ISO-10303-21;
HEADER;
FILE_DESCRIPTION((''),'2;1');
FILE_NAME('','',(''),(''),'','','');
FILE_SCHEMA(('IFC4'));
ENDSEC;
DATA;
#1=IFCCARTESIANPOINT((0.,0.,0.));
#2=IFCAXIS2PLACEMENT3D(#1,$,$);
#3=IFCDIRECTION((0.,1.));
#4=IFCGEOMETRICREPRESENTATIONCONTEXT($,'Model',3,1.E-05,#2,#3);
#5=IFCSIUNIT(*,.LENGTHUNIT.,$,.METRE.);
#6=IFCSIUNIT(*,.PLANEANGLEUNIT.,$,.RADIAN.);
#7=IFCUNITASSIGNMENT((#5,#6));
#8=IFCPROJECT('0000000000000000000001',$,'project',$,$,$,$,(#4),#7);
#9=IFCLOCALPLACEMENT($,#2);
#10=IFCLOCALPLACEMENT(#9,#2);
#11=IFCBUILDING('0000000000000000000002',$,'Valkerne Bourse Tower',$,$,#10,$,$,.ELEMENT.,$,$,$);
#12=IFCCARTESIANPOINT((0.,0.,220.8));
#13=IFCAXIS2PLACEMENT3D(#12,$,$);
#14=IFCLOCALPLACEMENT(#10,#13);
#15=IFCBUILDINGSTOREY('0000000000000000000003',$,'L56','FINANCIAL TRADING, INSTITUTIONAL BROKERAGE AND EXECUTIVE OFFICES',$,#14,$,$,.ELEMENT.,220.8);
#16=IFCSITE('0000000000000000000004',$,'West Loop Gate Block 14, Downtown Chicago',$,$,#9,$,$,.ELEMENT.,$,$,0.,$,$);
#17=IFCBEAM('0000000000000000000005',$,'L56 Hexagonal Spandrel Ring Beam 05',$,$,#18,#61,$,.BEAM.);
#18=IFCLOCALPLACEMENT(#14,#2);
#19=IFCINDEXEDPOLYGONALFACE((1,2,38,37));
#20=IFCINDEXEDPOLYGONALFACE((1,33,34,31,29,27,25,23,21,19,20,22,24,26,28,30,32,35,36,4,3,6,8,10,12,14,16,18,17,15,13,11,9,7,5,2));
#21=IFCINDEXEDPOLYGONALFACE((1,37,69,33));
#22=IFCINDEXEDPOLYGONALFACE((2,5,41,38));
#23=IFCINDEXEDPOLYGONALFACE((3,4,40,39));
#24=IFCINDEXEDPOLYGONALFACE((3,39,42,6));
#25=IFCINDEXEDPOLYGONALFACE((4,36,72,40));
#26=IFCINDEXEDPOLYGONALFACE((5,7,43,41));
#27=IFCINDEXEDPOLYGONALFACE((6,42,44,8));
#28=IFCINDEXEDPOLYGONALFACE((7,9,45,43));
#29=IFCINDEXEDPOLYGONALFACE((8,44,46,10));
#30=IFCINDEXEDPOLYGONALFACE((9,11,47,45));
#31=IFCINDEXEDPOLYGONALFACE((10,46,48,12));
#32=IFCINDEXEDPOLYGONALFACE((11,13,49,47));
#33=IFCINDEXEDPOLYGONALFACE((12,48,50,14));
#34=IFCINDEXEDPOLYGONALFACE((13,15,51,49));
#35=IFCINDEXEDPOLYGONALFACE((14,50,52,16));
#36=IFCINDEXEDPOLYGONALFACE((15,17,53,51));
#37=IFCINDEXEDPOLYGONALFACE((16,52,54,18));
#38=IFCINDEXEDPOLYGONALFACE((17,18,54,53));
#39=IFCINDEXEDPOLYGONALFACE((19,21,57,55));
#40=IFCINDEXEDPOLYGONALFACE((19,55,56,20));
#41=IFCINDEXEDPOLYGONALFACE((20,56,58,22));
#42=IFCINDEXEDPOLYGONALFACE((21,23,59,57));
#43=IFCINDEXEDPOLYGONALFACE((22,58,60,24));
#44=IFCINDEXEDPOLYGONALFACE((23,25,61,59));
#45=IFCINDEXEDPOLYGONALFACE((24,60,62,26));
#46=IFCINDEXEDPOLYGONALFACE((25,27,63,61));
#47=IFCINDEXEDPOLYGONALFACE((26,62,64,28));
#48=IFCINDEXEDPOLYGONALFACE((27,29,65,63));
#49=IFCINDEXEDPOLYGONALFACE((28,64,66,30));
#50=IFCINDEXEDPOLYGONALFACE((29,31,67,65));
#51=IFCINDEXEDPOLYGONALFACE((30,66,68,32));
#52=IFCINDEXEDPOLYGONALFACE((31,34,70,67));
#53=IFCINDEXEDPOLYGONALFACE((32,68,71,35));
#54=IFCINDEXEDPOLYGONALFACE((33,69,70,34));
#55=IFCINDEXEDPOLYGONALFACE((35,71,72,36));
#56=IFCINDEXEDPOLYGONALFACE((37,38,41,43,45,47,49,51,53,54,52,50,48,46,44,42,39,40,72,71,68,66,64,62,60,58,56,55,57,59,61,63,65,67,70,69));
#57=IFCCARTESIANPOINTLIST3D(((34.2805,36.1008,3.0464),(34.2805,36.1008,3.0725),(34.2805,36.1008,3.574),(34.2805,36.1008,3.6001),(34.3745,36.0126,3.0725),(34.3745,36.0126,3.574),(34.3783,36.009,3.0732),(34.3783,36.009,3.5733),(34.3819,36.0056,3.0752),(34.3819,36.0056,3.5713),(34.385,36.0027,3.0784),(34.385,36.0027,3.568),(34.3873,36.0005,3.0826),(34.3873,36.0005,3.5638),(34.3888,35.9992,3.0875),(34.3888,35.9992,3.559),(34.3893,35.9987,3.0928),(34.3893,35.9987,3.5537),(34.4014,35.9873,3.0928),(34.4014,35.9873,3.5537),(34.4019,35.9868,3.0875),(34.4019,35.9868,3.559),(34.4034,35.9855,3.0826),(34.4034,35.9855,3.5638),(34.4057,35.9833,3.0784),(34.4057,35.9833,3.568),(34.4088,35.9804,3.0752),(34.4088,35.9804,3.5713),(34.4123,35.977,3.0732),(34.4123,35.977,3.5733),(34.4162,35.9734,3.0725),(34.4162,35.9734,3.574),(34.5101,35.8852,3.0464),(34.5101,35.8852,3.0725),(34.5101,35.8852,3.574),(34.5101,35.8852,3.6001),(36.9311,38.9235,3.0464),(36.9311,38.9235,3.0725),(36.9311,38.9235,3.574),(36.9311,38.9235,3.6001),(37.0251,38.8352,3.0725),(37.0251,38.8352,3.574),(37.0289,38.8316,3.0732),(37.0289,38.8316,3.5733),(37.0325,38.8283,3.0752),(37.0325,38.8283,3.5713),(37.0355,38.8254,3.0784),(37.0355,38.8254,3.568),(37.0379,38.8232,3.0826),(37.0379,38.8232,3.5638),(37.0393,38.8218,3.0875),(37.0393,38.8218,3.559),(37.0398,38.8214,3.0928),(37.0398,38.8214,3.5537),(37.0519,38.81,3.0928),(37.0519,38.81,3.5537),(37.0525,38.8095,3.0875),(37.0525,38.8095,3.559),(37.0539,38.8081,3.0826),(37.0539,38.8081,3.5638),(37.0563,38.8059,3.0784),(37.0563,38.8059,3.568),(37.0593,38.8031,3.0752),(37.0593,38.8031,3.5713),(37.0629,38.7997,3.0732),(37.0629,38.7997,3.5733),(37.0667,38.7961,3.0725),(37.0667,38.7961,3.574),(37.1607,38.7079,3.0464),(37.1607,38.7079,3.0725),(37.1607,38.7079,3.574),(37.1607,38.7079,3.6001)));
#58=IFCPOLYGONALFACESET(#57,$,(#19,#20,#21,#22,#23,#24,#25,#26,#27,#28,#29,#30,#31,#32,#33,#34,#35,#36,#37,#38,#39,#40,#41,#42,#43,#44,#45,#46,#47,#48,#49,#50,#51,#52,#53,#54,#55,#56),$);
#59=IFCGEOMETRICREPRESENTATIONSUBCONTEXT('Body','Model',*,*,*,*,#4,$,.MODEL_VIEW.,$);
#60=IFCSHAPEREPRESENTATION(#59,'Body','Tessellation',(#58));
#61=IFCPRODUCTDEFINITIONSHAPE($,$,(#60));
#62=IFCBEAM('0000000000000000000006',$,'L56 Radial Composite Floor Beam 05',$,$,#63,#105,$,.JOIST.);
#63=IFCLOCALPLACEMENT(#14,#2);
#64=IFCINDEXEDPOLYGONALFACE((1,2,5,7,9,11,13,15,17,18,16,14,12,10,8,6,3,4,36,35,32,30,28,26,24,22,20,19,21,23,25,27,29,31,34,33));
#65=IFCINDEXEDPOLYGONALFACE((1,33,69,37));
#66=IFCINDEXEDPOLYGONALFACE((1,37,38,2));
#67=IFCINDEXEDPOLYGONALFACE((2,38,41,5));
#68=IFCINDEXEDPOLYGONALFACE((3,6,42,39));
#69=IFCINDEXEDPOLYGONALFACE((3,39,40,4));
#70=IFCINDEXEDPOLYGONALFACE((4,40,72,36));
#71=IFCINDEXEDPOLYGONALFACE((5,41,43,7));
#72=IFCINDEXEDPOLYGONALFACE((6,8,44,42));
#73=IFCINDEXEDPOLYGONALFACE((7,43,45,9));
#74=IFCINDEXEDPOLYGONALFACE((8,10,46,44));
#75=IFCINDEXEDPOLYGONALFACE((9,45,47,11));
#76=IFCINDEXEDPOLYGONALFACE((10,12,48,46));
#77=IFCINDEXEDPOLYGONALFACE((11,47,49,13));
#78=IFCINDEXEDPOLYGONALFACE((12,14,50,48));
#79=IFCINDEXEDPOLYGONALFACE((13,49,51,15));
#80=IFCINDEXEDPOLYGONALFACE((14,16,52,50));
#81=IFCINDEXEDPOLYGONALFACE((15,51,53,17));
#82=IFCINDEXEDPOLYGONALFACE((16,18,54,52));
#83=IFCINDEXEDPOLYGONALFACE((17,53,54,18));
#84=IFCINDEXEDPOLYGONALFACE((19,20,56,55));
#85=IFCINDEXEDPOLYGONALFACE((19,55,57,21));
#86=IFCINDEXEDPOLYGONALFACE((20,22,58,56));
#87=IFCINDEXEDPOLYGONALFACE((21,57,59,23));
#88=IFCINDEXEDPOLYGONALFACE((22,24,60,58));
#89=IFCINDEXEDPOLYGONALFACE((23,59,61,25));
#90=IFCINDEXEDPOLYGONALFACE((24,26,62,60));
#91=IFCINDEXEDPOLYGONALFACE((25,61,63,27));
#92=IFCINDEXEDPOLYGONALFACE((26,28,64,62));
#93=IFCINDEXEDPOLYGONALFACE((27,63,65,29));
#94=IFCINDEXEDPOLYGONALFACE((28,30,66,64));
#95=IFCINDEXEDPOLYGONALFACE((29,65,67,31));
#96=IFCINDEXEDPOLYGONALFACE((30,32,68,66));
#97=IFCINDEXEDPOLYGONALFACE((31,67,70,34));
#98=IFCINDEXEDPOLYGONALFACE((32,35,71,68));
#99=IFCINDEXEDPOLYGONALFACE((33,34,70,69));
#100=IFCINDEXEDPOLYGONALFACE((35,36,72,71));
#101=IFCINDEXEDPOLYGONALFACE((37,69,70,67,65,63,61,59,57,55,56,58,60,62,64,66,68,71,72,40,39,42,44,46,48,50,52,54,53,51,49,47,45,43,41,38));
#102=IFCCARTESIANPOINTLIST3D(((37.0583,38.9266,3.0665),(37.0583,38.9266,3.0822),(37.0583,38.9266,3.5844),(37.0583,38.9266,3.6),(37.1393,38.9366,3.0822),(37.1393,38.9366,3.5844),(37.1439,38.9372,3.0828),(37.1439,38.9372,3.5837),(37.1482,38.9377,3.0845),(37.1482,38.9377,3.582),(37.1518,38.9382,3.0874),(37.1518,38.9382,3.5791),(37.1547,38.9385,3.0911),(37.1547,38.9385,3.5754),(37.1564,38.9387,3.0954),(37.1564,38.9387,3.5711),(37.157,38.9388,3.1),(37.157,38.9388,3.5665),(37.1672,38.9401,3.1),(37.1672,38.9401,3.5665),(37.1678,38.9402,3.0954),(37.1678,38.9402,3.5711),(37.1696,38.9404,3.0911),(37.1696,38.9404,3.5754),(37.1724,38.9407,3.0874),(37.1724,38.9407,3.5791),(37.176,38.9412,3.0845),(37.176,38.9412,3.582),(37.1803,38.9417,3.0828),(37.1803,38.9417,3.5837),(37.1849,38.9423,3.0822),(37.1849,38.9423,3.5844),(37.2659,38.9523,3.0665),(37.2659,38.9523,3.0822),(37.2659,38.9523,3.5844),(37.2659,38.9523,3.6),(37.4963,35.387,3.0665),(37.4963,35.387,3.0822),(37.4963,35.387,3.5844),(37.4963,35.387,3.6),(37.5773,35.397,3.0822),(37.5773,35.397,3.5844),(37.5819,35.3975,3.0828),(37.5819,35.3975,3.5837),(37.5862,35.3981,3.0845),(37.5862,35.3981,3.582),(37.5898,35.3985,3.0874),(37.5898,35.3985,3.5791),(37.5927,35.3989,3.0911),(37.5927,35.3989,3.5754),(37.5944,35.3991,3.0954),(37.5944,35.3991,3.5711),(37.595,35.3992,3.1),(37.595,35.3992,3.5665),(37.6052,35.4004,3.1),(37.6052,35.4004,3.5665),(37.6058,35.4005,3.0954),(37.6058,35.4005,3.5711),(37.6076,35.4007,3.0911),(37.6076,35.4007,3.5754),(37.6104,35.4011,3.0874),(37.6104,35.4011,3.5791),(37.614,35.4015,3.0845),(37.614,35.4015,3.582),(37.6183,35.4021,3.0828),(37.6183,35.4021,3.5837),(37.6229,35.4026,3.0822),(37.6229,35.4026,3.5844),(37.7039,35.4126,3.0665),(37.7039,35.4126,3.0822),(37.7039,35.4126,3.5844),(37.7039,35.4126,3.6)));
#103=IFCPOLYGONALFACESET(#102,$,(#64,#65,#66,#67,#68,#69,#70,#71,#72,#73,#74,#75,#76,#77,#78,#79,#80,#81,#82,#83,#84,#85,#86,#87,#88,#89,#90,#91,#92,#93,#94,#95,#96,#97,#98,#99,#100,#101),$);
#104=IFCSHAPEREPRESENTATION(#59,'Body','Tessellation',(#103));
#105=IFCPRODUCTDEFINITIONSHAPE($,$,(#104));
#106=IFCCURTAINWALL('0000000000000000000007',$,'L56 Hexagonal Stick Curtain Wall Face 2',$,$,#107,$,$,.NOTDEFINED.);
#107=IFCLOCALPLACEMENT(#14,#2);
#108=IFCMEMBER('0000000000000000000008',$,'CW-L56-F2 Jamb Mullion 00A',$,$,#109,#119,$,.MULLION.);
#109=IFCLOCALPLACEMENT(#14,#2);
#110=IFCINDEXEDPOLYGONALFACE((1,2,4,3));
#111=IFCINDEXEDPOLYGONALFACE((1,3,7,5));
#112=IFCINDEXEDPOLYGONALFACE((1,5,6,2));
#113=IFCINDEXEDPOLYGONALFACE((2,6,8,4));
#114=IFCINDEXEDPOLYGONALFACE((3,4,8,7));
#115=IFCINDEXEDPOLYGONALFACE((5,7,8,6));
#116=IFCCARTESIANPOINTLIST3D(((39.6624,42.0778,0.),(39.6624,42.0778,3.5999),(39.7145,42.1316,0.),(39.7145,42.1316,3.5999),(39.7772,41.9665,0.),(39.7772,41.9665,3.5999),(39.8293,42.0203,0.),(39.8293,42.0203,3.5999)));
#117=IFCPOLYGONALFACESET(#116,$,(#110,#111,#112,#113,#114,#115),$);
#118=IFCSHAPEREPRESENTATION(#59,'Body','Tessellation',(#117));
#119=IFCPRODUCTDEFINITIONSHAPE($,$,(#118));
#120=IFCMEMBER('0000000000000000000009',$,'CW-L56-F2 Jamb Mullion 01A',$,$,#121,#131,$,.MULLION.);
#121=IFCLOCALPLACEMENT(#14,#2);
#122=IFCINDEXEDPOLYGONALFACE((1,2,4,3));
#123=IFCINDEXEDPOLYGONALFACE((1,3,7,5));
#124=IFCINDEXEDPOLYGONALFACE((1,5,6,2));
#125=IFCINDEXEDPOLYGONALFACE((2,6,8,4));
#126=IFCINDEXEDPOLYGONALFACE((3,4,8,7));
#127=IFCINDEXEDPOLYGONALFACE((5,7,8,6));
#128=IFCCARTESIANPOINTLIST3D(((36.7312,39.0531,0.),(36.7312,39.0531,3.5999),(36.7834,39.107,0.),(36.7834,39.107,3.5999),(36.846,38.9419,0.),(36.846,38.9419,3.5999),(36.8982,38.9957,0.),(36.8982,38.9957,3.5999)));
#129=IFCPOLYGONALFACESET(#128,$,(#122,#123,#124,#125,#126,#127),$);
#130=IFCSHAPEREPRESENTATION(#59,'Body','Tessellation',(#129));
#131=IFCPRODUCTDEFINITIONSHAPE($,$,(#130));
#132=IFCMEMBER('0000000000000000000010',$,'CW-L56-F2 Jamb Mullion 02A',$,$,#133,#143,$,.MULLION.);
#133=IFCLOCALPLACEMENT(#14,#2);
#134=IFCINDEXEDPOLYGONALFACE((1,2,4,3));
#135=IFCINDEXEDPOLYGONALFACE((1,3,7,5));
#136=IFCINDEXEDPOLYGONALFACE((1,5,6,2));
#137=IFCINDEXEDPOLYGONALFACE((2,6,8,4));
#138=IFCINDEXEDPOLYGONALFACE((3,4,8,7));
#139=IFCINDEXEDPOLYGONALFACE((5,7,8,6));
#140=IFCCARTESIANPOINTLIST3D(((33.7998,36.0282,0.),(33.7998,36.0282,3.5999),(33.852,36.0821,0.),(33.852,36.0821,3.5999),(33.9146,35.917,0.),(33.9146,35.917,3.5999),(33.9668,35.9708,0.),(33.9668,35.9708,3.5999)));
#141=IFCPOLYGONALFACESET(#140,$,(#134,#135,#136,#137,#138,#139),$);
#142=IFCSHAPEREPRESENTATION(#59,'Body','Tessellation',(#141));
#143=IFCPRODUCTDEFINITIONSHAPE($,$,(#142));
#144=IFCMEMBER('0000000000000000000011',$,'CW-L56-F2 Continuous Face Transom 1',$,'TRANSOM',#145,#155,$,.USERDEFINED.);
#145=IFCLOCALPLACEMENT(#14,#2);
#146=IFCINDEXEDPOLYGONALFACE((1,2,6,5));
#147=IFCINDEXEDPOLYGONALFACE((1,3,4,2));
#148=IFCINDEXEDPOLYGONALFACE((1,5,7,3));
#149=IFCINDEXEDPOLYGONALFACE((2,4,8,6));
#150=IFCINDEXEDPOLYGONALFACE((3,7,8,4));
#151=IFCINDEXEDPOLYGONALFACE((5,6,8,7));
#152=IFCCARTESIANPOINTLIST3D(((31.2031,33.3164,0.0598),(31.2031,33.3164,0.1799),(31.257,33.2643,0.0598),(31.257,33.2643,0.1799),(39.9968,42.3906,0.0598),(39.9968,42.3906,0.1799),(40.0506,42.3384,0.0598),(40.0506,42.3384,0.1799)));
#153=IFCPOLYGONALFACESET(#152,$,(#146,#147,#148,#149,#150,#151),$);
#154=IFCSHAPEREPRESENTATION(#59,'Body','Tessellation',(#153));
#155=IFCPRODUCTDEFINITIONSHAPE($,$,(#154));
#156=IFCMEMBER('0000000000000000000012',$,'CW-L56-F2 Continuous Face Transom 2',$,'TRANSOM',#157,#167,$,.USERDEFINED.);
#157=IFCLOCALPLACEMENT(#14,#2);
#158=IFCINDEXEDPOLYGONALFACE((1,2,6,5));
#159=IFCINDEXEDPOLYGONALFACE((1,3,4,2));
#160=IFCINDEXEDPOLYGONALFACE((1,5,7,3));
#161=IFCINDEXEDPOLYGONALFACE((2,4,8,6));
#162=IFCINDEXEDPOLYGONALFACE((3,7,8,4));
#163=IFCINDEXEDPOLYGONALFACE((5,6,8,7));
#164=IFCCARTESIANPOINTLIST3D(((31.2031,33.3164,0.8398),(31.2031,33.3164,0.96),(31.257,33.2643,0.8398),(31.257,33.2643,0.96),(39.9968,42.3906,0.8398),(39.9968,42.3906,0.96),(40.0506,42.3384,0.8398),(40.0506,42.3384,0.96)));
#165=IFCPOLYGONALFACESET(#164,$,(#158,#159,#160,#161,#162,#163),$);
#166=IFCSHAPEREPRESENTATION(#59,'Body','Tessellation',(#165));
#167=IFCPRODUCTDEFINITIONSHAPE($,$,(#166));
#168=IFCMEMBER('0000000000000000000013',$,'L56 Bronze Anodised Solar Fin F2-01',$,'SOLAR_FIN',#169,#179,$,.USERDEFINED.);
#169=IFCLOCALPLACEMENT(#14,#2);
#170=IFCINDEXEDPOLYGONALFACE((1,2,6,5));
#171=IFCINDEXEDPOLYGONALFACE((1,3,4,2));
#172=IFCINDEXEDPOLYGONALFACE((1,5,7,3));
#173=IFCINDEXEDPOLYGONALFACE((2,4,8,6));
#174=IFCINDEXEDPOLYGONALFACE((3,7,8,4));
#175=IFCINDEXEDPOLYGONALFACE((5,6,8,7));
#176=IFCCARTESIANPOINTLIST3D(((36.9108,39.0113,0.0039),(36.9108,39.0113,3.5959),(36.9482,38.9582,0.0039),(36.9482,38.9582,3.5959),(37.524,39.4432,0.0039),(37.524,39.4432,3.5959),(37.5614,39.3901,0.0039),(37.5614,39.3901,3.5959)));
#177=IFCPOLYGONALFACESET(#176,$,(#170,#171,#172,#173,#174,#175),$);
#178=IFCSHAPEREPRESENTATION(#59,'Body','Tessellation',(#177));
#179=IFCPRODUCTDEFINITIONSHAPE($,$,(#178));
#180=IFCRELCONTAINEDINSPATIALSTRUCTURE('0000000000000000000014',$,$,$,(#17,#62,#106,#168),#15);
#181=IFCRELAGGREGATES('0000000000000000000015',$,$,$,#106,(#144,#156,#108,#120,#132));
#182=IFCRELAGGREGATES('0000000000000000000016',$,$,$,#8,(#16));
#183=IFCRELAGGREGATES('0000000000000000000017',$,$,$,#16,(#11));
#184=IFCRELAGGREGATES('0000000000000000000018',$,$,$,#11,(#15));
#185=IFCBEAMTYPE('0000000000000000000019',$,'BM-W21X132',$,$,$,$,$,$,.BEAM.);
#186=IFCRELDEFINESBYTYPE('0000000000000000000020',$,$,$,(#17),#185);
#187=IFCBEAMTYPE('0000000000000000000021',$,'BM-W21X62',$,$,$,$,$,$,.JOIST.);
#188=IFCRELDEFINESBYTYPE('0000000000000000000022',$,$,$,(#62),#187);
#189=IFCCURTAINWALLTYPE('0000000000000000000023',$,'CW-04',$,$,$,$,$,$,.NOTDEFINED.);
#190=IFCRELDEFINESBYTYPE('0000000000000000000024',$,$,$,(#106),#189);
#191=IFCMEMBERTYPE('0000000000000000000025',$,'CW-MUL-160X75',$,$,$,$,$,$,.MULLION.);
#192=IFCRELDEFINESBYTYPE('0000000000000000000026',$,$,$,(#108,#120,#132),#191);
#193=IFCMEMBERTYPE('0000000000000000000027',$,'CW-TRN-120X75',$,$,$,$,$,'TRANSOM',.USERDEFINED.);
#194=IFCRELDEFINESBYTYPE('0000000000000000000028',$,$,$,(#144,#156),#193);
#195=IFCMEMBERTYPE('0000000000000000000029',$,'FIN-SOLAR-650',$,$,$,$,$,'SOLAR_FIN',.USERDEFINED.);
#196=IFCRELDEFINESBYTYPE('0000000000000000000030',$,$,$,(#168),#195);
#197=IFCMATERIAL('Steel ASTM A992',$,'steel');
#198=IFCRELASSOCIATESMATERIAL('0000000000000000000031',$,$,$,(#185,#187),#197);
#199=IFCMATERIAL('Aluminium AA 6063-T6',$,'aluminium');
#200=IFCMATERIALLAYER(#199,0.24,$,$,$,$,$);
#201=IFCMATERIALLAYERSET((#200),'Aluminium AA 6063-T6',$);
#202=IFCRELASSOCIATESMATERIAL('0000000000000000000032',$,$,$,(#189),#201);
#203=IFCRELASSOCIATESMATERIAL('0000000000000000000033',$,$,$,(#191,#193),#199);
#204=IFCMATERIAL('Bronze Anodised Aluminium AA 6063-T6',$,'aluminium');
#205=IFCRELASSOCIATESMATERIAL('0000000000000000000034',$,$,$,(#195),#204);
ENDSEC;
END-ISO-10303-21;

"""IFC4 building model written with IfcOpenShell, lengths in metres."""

from ifc_helpers import new_model, si_unit, direction, frame, origin, origin_2d, place, context, subcontext, project, spatial, rectangle, i_section, extrude, material, layer, layer_set, material_profile, profile_set, type_object, element, aggregate, save


model = new_model("IFC4")

# Units and contexts
model_context = context("Model", 3, precision=1e-05, world=origin(), true_north=direction((0.0, 1.0)))
body_context = subcontext(model_context, "Body", "Model", "MODEL_VIEW")
ifc_project = project(units=[si_unit("LENGTHUNIT", "METRE"), si_unit("PLANEANGLEUNIT", "RADIAN")], contexts=[model_context])

# Site, building, storey
site_placement = place(None, origin())
site = spatial("IfcSite", under=ifc_project, at=site_placement, Name="West Loop Gate Block 14, Downtown Chicago", CompositionType="ELEMENT", RefElevation=0.0)
building_placement = place(site_placement, origin())
building = spatial("IfcBuilding", under=site, at=building_placement, Name="Valkerne Bourse Tower", CompositionType="ELEMENT")
storey_placement = place(building_placement, frame((0.0, 0.0, 220.8)))
storey = spatial("IfcBuildingStorey", under=building, at=storey_placement, Name="L56", Description="FINANCIAL TRADING, INSTITUTIONAL BROKERAGE AND EXECUTIVE OFFICES", CompositionType="ELEMENT", Elevation=220.8)

# Beams
ifc_material_1 = material(Name="Steel ASTM A992", Category="steel")
ifc_material_profile_1 = material_profile(ifc_material_1, i_section(OverallWidth=0.3149, OverallDepth=0.5537, WebThickness=0.0166, FlangeThickness=0.0261, FilletRadius=0.0203, at=origin_2d()), Name="W21X132")
ifc_profile_set_1 = profile_set([ifc_material_profile_1], Name="Steel ASTM A992")
beam_type_1 = type_object("IfcBeamType", Name="BM-W21X132", PredefinedType="BEAM", material=ifc_profile_set_1)
for number, where, z_axis, x_axis, name in (
    (1, (37.0459, 38.8157, 3.3232), (-0.684532, -0.728982, 0.0), (0.728982, -0.684532, 0.0), "L56 Hexagonal Spandrel Ring Beam 05"),
):
    element("IfcBeam", number, at=place(storey_placement, frame(where, z_axis=z_axis, x_axis=x_axis)), inside=storey, type_object=beam_type_1, Name=name, PredefinedType="BEAM", context=body_context, shape_type="SweptSolid", body=[
        extrude(i_section(OverallWidth=0.3149, OverallDepth=0.5537, WebThickness=0.0166, FlangeThickness=0.0261, FilletRadius=0.0203, at=origin_2d()), origin(), (0.0, 0.0, 1.0), 3.8721),
    ])
ifc_material_profile_2 = material_profile(ifc_material_1, i_section(OverallWidth=0.2092, OverallDepth=0.5334, WebThickness=0.0103, FlangeThickness=0.0156, FilletRadius=0.0178, at=origin_2d()), Name="W21X62")
ifc_profile_set_2 = profile_set([ifc_material_profile_2], Name="Steel ASTM A992")
beam_type_2 = type_object("IfcBeamType", Name="BM-W21X62", PredefinedType="JOIST", material=ifc_profile_set_2)
beam_1_placement = place(storey_placement, frame((37.1621, 38.9395, 3.3333), z_axis=(0.122805, -0.992431, 0.0), x_axis=(0.992431, 0.122805, 0.0)))
element("IfcBeam", 2, at=beam_1_placement, inside=storey, type_object=beam_type_2, Name="L56 Radial Composite Floor Beam 05", PredefinedType="JOIST", context=body_context, shape_type="SweptSolid", body=[
    extrude(i_section(OverallWidth=0.2092, OverallDepth=0.5334, WebThickness=0.0103, FlangeThickness=0.0156, FilletRadius=0.0178, at=origin_2d()), origin(), (0.0, 0.0, 1.0), 3.5667),
])

# Curtain wall, members
ifc_material_2 = material(Name="Aluminium AA 6063-T6", Category="aluminium")
ifc_layer_1 = layer(ifc_material_2, 0.24)
ifc_layer_set_1 = layer_set([ifc_layer_1], Name="Aluminium AA 6063-T6")
curtain_wall_type = type_object("IfcCurtainWallType", Name="CW-04", PredefinedType="NOTDEFINED", material=ifc_layer_set_1)
curtain_wall_placement = place(storey_placement, origin())
curtain_wall = element("IfcCurtainWall", 3, at=curtain_wall_placement, inside=storey, type_object=curtain_wall_type, Name="L56 Hexagonal Stick Curtain Wall Face 2", PredefinedType="NOTDEFINED")
ifc_material_profile_3 = material_profile(ifc_material_2, rectangle(XDim=0.075, YDim=0.1599, at=origin_2d()), Name="CWM-75X160")
ifc_profile_set_3 = profile_set([ifc_material_profile_3], Name="Aluminium AA 6063-T6")
member_type_1 = type_object("IfcMemberType", Name="CW-MUL-160X75", PredefinedType="MULLION", material=ifc_profile_set_3)
member_1_placement = place(storey_placement, frame((39.7458, 42.0491, 0.0), z_axis=(0.0, 0.0, 1.0), x_axis=(-0.69592, -0.718119, 0.0)))
member_1 = element("IfcMember", 4, at=member_1_placement, type_object=member_type_1, Name="CW-L56-F2 Jamb Mullion 00A", PredefinedType="MULLION", context=body_context, shape_type="SweptSolid", body=[
    extrude(rectangle(XDim=0.075, YDim=0.1599, at=origin_2d()), origin(), (0.0, 0.0, 1.0), 3.5999),
])
member_2_placement = place(storey_placement, frame((36.8147, 39.0244, 0.0), z_axis=(0.0, 0.0, 1.0), x_axis=(-0.695908, -0.71813, 0.0)))
member_2 = element("IfcMember", 5, at=member_2_placement, type_object=member_type_1, Name="CW-L56-F2 Jamb Mullion 01A", PredefinedType="MULLION", context=body_context, shape_type="SweptSolid", body=[
    extrude(rectangle(XDim=0.075, YDim=0.1599, at=origin_2d()), origin(), (0.0, 0.0, 1.0), 3.5999),
])
member_3_placement = place(storey_placement, frame((33.8833, 35.9995, 0.0), z_axis=(0.0, 0.0, 1.0), x_axis=(-0.69592, -0.718119, 0.0)))
member_3 = element("IfcMember", 6, at=member_3_placement, type_object=member_type_1, Name="CW-L56-F2 Jamb Mullion 02A", PredefinedType="MULLION", context=body_context, shape_type="SweptSolid", body=[
    extrude(rectangle(XDim=0.075, YDim=0.1599, at=origin_2d()), origin(), (0.0, 0.0, 1.0), 3.5999),
])
ifc_material_profile_4 = material_profile(ifc_material_2, rectangle(XDim=0.075, YDim=0.1201, at=origin_2d()), Name="CWT-75X120")
ifc_profile_set_4 = profile_set([ifc_material_profile_4], Name="Aluminium AA 6063-T6")
member_type_2 = type_object("IfcMemberType", Name="CW-TRN-120X75", ElementType="TRANSOM", PredefinedType="USERDEFINED", material=ifc_profile_set_4)
member_4_placement = place(storey_placement, frame((40.0237, 42.3645, 0.1199), z_axis=(-0.69592, -0.71812, 0.0), x_axis=(0.71812, -0.69592, 0.0)))
member_4 = element("IfcMember", 7, at=member_4_placement, type_object=member_type_2, Name="CW-L56-F2 Continuous Face Transom 1", ObjectType="TRANSOM", PredefinedType="USERDEFINED", context=body_context, shape_type="SweptSolid", body=[
    extrude(rectangle(XDim=0.075, YDim=0.1201, at=origin_2d()), origin(), (0.0, 0.0, 1.0), 12.636),
])
member_5_placement = place(storey_placement, frame((40.0237, 42.3645, 0.8999), z_axis=(-0.69592, -0.71812, 0.0), x_axis=(0.71812, -0.69592, 0.0)))
member_5 = element("IfcMember", 8, at=member_5_placement, type_object=member_type_2, Name="CW-L56-F2 Continuous Face Transom 2", ObjectType="TRANSOM", PredefinedType="USERDEFINED", context=body_context, shape_type="SweptSolid", body=[
    extrude(rectangle(XDim=0.075, YDim=0.1201, at=origin_2d()), origin(), (0.0, 0.0, 1.0), 12.636),
])

# Member
ifc_material_3 = material(Name="Bronze Anodised Aluminium AA 6063-T6", Category="aluminium")
ifc_material_profile_5 = material_profile(ifc_material_3, rectangle(XDim=0.0649, YDim=0.75, at=origin_2d()), Name="FIN-65X750")
ifc_profile_set_5 = profile_set([ifc_material_profile_5], Name="Bronze Anodised Aluminium AA 6063-T6")
member_type_3 = type_object("IfcMemberType", Name="FIN-SOLAR-650", ElementType="SOLAR_FIN", PredefinedType="USERDEFINED", material=ifc_profile_set_5)
member_6_placement = place(storey_placement, frame((37.2361, 39.2007, 0.0039), z_axis=(0.0, 0.0, 1.0), x_axis=(-0.575863, 0.817546, 0.0)))
element("IfcMember", 9, at=member_6_placement, inside=storey, type_object=member_type_3, Name="L56 Bronze Anodised Solar Fin F2-01", ObjectType="SOLAR_FIN", PredefinedType="USERDEFINED", context=body_context, shape_type="SweptSolid", body=[
    extrude(rectangle(XDim=0.0649, YDim=0.75, at=origin_2d()), origin(), (0.0, 0.0, 1.0), 3.592),
])

aggregate(curtain_wall, [member_4, member_5, member_1, member_2, member_3])

save(model, "model.ifc")
